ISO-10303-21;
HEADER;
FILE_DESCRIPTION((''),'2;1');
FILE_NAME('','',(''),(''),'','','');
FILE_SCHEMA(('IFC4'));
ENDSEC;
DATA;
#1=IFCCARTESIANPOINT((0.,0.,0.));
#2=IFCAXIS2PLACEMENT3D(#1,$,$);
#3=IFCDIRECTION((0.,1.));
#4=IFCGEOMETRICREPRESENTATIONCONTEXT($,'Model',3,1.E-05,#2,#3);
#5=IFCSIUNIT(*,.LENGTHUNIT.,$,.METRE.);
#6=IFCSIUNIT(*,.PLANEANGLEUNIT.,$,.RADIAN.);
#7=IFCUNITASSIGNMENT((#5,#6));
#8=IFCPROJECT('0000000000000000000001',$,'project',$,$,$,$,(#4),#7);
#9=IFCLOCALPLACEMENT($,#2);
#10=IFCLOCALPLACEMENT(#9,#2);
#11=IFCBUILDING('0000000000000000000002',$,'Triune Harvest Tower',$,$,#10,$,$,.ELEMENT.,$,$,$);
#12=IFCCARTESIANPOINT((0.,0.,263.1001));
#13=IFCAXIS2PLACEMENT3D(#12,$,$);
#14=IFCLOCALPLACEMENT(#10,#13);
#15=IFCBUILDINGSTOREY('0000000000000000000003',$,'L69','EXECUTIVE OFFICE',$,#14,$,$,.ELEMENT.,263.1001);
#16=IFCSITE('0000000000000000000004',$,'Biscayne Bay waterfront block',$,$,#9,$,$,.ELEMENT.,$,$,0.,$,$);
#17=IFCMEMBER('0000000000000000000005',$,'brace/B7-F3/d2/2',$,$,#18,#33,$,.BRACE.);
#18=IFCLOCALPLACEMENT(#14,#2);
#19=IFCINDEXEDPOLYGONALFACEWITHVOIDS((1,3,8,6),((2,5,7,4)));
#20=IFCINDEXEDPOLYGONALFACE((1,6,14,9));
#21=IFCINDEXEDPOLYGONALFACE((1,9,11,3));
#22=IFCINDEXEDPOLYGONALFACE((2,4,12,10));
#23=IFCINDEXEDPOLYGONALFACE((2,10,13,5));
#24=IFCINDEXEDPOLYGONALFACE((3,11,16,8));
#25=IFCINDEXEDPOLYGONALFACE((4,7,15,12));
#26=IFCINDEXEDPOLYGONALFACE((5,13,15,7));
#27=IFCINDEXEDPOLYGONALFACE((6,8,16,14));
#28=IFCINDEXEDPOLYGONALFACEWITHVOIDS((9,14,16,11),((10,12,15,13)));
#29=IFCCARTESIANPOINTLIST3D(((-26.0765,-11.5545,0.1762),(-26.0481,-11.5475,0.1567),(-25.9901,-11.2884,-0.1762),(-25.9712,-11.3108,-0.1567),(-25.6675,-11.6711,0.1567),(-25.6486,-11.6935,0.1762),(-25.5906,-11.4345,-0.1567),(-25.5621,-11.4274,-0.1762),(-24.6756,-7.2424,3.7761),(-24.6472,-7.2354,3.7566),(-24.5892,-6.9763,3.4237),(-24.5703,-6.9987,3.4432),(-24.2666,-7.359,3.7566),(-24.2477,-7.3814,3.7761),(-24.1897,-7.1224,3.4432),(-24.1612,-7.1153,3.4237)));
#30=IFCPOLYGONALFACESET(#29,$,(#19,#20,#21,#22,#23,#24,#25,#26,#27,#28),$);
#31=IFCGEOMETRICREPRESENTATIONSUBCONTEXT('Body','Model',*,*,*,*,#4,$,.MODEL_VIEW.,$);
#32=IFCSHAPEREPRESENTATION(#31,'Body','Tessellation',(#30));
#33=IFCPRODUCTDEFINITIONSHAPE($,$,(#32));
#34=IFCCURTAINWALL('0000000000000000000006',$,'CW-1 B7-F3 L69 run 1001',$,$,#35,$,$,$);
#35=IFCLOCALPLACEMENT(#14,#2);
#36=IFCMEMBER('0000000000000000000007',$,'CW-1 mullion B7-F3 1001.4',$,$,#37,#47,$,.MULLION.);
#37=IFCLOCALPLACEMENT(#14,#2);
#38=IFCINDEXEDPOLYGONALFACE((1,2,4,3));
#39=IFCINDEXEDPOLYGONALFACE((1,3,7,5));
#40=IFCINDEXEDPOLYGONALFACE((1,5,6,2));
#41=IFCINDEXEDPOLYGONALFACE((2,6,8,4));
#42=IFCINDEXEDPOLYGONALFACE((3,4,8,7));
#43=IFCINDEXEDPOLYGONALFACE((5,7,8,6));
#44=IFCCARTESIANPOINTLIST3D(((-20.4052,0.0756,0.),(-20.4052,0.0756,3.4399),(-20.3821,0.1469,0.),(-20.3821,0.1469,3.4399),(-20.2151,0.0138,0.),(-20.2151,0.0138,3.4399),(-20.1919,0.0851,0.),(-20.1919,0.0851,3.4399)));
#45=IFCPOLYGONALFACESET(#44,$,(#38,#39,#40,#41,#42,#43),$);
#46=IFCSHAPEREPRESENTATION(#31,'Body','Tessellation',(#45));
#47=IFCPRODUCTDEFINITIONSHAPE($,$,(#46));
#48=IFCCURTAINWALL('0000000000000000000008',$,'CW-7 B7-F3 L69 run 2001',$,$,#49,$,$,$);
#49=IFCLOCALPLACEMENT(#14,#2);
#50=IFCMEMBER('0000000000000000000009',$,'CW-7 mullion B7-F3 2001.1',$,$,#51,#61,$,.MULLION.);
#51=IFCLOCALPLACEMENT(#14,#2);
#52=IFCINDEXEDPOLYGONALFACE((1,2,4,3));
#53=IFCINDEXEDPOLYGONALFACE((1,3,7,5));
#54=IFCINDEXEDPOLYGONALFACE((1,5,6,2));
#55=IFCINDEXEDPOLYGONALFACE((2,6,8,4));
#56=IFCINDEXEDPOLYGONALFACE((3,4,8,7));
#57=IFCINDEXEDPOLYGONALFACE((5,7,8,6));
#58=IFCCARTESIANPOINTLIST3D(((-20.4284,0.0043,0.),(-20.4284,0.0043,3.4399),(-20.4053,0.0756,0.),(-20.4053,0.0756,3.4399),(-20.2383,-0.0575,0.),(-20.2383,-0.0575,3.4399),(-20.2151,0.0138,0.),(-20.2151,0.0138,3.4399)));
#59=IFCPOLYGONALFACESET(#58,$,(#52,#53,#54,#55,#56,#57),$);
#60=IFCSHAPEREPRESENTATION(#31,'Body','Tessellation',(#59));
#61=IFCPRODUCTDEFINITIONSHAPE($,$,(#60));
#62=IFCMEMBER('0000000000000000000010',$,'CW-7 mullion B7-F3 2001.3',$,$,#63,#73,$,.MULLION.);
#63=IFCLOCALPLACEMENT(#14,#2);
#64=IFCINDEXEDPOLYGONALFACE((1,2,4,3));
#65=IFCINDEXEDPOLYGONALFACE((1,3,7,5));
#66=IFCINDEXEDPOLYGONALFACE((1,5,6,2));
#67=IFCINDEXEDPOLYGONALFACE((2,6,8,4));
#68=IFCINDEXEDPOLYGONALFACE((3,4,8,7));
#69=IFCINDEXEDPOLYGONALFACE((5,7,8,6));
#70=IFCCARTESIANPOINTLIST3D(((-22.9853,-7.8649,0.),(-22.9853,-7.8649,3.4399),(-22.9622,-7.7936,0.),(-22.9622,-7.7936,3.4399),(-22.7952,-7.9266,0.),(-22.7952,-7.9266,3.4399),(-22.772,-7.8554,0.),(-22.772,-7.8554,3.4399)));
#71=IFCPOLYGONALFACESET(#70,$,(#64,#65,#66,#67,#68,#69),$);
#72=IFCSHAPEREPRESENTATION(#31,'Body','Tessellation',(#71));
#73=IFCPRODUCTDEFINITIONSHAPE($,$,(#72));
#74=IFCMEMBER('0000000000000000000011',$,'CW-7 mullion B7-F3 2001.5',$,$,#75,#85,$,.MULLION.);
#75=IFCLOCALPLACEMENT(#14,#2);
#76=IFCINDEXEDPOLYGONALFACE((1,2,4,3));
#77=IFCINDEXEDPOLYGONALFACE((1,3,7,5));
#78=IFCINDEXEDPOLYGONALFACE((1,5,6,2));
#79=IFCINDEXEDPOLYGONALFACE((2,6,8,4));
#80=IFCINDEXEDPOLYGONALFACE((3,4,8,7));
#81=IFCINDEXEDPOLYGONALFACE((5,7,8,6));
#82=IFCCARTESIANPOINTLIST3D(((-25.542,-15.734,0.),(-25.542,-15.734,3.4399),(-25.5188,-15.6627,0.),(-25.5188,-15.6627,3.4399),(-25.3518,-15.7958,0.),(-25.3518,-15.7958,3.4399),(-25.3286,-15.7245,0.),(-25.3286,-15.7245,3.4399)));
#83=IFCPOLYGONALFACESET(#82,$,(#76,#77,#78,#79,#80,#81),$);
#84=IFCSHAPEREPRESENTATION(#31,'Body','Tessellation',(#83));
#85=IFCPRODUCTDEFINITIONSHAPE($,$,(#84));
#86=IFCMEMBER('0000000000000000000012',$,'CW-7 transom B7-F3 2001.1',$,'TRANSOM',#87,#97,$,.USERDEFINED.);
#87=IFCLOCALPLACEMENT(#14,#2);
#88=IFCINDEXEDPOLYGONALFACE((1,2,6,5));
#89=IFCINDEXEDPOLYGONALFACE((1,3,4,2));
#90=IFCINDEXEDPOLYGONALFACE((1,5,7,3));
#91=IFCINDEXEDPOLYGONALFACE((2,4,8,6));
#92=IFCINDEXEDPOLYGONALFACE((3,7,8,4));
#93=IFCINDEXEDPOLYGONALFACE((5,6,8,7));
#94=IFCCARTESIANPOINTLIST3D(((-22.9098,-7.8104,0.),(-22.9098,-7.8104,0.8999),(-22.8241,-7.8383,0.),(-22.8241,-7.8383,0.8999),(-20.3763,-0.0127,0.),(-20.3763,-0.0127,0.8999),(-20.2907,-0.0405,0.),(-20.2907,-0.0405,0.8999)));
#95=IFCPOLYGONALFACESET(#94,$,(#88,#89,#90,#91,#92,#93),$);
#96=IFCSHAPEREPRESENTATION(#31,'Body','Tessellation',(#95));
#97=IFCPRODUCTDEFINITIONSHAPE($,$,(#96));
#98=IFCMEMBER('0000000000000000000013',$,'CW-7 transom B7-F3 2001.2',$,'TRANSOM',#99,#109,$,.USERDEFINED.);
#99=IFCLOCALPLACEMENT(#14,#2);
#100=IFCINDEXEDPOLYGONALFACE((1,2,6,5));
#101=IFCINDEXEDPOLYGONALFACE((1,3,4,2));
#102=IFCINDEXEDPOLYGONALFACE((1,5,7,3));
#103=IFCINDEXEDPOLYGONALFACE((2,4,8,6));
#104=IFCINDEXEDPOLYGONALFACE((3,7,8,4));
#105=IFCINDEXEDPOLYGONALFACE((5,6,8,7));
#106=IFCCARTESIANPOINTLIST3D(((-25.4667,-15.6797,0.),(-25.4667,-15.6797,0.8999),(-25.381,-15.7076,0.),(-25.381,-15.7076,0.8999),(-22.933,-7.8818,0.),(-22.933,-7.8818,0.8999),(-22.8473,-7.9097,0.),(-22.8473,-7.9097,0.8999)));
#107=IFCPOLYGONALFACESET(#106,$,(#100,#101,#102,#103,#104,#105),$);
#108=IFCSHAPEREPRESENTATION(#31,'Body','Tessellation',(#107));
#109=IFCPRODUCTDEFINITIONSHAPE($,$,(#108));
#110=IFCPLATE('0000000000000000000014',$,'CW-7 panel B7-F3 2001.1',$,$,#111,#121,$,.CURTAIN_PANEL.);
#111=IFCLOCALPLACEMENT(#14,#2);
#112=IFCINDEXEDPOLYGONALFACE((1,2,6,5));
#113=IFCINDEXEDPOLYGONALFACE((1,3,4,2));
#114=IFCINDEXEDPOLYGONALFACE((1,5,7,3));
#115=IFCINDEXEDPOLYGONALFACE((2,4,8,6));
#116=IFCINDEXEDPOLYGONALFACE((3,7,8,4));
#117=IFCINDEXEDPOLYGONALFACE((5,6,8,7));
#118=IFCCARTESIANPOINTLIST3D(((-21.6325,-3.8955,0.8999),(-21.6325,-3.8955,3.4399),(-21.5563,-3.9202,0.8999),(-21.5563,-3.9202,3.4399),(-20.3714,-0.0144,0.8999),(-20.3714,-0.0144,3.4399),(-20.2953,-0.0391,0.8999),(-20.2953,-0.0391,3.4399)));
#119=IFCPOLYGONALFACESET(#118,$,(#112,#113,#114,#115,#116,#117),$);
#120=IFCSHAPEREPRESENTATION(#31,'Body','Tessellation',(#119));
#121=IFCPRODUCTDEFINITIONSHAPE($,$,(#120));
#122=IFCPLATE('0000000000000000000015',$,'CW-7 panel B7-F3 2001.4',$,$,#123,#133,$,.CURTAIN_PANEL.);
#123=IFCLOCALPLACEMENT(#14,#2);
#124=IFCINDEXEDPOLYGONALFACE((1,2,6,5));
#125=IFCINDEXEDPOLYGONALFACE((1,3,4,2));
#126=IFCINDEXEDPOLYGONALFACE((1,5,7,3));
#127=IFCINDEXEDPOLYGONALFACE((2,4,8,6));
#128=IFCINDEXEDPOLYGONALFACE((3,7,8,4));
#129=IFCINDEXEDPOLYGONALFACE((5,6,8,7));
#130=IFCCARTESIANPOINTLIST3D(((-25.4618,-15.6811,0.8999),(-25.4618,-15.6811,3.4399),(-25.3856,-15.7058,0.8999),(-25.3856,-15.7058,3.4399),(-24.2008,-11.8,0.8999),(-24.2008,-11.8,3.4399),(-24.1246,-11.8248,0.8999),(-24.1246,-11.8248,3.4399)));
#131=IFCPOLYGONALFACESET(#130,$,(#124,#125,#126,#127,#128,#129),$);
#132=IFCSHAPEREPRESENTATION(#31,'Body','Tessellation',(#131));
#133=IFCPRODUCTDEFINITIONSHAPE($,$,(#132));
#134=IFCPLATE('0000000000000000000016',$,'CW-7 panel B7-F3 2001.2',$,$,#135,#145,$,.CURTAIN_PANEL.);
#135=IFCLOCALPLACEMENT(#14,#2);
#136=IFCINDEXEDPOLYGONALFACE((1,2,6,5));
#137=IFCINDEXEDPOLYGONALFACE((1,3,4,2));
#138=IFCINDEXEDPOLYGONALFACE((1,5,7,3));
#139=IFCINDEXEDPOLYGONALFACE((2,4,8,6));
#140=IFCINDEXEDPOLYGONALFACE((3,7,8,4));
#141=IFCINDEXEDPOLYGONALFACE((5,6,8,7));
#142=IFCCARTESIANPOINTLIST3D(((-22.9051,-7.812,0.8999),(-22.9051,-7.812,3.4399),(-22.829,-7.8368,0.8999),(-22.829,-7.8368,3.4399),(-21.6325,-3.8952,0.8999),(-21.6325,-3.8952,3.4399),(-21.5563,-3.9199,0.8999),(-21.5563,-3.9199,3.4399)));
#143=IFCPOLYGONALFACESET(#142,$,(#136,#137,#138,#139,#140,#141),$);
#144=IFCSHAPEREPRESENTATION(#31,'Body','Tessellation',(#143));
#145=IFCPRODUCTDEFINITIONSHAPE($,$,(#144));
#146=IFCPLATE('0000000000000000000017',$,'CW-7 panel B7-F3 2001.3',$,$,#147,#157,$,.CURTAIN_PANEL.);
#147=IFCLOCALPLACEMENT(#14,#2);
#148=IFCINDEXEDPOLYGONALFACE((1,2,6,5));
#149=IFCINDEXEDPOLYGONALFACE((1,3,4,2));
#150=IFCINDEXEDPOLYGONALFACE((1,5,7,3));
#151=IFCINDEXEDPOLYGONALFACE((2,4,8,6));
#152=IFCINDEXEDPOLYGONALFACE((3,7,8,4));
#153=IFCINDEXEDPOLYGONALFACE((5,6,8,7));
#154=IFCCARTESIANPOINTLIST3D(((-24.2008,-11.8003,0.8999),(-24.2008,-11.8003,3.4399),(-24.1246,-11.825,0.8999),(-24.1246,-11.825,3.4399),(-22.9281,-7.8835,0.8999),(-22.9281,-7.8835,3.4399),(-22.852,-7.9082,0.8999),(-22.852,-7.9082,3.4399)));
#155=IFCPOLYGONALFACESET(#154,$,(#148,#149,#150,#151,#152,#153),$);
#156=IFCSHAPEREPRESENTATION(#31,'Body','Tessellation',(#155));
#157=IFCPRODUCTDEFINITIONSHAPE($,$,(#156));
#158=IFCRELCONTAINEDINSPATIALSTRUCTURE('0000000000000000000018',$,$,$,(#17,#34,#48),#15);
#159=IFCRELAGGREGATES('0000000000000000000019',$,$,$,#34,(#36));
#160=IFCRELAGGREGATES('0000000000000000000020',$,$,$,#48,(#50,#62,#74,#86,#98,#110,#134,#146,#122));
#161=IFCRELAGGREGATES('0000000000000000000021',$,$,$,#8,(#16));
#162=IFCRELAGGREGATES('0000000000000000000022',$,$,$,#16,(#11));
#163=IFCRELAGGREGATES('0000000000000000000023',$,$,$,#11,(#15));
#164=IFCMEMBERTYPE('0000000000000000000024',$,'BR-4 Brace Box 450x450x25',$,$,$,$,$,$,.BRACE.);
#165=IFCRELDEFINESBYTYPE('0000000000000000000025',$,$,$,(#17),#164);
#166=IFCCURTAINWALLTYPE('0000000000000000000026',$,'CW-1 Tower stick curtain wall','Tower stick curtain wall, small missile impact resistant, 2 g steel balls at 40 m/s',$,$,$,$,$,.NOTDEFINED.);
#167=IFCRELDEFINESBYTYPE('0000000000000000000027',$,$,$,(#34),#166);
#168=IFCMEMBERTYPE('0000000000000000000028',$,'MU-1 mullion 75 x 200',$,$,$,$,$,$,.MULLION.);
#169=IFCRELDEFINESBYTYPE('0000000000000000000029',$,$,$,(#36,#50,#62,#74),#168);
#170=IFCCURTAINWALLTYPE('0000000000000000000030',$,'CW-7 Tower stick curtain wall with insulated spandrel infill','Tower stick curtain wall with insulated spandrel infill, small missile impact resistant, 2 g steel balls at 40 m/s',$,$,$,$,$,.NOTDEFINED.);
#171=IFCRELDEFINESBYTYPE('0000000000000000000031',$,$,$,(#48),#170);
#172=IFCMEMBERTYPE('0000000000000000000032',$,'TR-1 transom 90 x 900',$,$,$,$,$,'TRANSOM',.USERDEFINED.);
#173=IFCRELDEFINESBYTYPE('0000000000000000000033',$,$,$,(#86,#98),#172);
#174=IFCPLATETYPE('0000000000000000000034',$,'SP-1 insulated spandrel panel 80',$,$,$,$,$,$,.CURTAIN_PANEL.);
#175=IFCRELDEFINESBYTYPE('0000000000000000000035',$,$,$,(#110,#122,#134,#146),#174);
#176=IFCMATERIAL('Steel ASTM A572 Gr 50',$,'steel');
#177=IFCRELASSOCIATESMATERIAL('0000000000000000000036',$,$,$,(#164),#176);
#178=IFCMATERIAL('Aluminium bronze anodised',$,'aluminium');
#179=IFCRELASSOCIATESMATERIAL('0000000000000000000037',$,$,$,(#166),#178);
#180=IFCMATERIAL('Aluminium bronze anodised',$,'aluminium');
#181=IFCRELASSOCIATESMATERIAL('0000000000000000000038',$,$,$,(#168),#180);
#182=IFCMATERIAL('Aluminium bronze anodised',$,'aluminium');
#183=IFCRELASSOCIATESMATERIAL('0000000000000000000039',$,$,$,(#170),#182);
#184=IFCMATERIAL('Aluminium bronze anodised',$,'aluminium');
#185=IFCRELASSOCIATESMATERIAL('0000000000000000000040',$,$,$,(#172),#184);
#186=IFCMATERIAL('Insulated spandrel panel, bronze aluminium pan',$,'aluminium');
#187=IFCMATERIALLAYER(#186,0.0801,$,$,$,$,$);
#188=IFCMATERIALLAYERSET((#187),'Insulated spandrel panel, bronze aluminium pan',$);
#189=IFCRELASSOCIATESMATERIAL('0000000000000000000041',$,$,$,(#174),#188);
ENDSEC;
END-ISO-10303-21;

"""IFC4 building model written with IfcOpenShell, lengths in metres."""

from ifc_helpers import new_model, si_unit, direction, frame, origin, origin_2d, place, context, subcontext, project, spatial, rectangle, hollow_rectangle, extrude, source, transform, mapped, material, layer, layer_set, material_profile, profile_set, type_object, element, aggregate, save


model = new_model("IFC4")

# Units and contexts
model_context = context("Model", 3, precision=1e-05, world=origin(), true_north=direction((0.0, 1.0)))
body_context = subcontext(model_context, "Body", "Model", "MODEL_VIEW")
ifc_project = project(units=[si_unit("LENGTHUNIT", "METRE"), si_unit("PLANEANGLEUNIT", "RADIAN")], contexts=[model_context])

# Site, building, storey
site_placement = place(None, origin())
site = spatial("IfcSite", under=ifc_project, at=site_placement, Name="Biscayne Bay waterfront block", CompositionType="ELEMENT", RefElevation=0.0)
building_placement = place(site_placement, origin())
building = spatial("IfcBuilding", under=site, at=building_placement, Name="Triune Harvest Tower", CompositionType="ELEMENT")
storey_placement = place(building_placement, frame((0.0, 0.0, 263.1001)))
storey = spatial("IfcBuildingStorey", under=building, at=storey_placement, Name="L69", Description="EXECUTIVE OFFICE", CompositionType="ELEMENT", Elevation=263.1001)

# Member
ifc_material_1 = material(Name="Steel ASTM A572 Gr 50", Category="steel")
ifc_material_profile_1 = material_profile(ifc_material_1, hollow_rectangle(XDim=0.45, YDim=0.45, WallThickness=0.0249, at=origin_2d()), Name="Box 450x450x25")
ifc_profile_set_1 = profile_set([ifc_material_profile_1], Name="Steel ASTM A572 Gr 50")
member_type_1 = type_object("IfcMemberType", Name="BR-4 Brace Box 450x450x25", PredefinedType="BRACE", material=ifc_profile_set_1)
shared_shape_1 = source(origin(), body_context, "Body", "SweptSolid", [
    extrude(hollow_rectangle(XDim=0.45, YDim=0.45, WallThickness=0.0249, at=origin_2d()), origin(), (0.0, 0.0, 1.0), 5.7893),
])
member_1_placement = place(storey_placement, frame((-25.8193, -11.491, 0.0), z_axis=(0.241981, 0.744837, 0.621822), x_axis=(-0.951068, 0.308981, 0.0)))
element("IfcMember", 1, at=member_1_placement, inside=storey, type_object=member_type_1, Name="brace/B7-F3/d2/2", PredefinedType="BRACE", context=body_context, shape_type="MappedRepresentation", body=[
    mapped(shared_shape_1, transform((0.0, 0.0, 0.0), scale=1.0)),
])

# Curtain wall, member
ifc_material_2 = material(Name="Aluminium bronze anodised", Category="aluminium")
curtain_wall_type_1 = type_object("IfcCurtainWallType", Name="CW-1 Tower stick curtain wall", Description="Tower stick curtain wall, small missile impact resistant, 2 g steel balls at 40 m/s", PredefinedType="NOTDEFINED", material=ifc_material_2)
curtain_wall_1_placement = place(storey_placement, origin())
curtain_wall_1 = element("IfcCurtainWall", 2, at=curtain_wall_1_placement, inside=storey, type_object=curtain_wall_type_1, Name="CW-1 B7-F3 L69 run 1001")
ifc_material_3 = material(Name="Aluminium bronze anodised", Category="aluminium")
ifc_material_profile_2 = material_profile(ifc_material_3, rectangle(XDim=0.2, YDim=0.075, at=origin_2d()), Name="MU-1 mullion 75 x 200")
ifc_profile_set_2 = profile_set([ifc_material_profile_2], Name="Aluminium bronze anodised")
member_type_2 = type_object("IfcMemberType", Name="MU-1 mullion 75 x 200", PredefinedType="MULLION", material=ifc_profile_set_2)
shared_shape_2 = source(origin(), body_context, "Body", "SweptSolid", [
    extrude(rectangle(XDim=0.2, YDim=0.075, at=origin_2d()), origin(), (0.0, 0.0, 1.0), 3.4399),
])
member_2_placement = place(storey_placement, frame((-20.2986, 0.0803, 0.0), z_axis=(0.0, 0.0, 1.0), x_axis=(0.951054, -0.309024, 0.0)))
member_2 = element("IfcMember", 3, at=member_2_placement, type_object=member_type_2, Name="CW-1 mullion B7-F3 1001.4", PredefinedType="MULLION", context=body_context, shape_type="MappedRepresentation", body=[
    mapped(shared_shape_2, transform((0.0, 0.0, 0.0), scale=1.0)),
])
aggregate(curtain_wall_1, [member_2])

# Curtain wall, members, plates
ifc_material_4 = material(Name="Aluminium bronze anodised", Category="aluminium")
curtain_wall_type_2 = type_object("IfcCurtainWallType", Name="CW-7 Tower stick curtain wall with insulated spandrel infill", Description="Tower stick curtain wall with insulated spandrel infill, small missile impact resistant, 2 g steel balls at 40 m/s", PredefinedType="NOTDEFINED", material=ifc_material_4)
curtain_wall_2_placement = place(storey_placement, origin())
curtain_wall_2 = element("IfcCurtainWall", 4, at=curtain_wall_2_placement, inside=storey, type_object=curtain_wall_type_2, Name="CW-7 B7-F3 L69 run 2001")
member_3_placement = place(storey_placement, frame((-20.3218, 0.009, 0.0), z_axis=(0.0, 0.0, 1.0), x_axis=(0.951058, -0.309014, 0.0)))
member_3 = element("IfcMember", 5, at=member_3_placement, type_object=member_type_2, Name="CW-7 mullion B7-F3 2001.1", PredefinedType="MULLION", context=body_context, shape_type="MappedRepresentation", body=[
    mapped(shared_shape_2, transform((0.0, 0.0, 0.0), scale=1.0)),
])
member_4_placement = place(storey_placement, frame((-22.8787, -7.8601, 0.0), z_axis=(0.0, 0.0, 1.0), x_axis=(0.951058, -0.309014, 0.0)))
member_4 = element("IfcMember", 6, at=member_4_placement, type_object=member_type_2, Name="CW-7 mullion B7-F3 2001.3", PredefinedType="MULLION", context=body_context, shape_type="MappedRepresentation", body=[
    mapped(shared_shape_2, transform((0.0, 0.0, 0.0), scale=1.0)),
])
member_5_placement = place(storey_placement, frame((-25.4353, -15.7292, 0.0), z_axis=(0.0, 0.0, 1.0), x_axis=(0.951058, -0.309014, 0.0)))
member_5 = element("IfcMember", 7, at=member_5_placement, type_object=member_type_2, Name="CW-7 mullion B7-F3 2001.5", PredefinedType="MULLION", context=body_context, shape_type="MappedRepresentation", body=[
    mapped(shared_shape_2, transform((0.0, 0.0, 0.0), scale=1.0)),
])
ifc_material_5 = material(Name="Aluminium bronze anodised", Category="aluminium")
ifc_material_profile_3 = material_profile(ifc_material_5, rectangle(XDim=0.0901, YDim=0.8999, at=origin_2d()), Name="TR-1 transom 90 x 900")
ifc_profile_set_3 = profile_set([ifc_material_profile_3], Name="Aluminium bronze anodised")
member_type_3 = type_object("IfcMemberType", Name="TR-1 transom 90 x 900", ElementType="TRANSOM", PredefinedType="USERDEFINED", material=ifc_profile_set_3)
shared_shape_3 = source(origin(), body_context, "Body", "SweptSolid", [
    extrude(rectangle(XDim=0.0901, YDim=0.8999, at=origin_2d()), origin(), (0.0, 0.0, 1.0), 8.199),
])
member_6_placement = place(storey_placement, frame((-20.3335, -0.0266, 0.45), z_axis=(-0.308992, -0.951065, 0.0), x_axis=(0.951065, -0.308992, 0.0)))
member_6 = element("IfcMember", 8, at=member_6_placement, type_object=member_type_3, Name="CW-7 transom B7-F3 2001.1", ObjectType="TRANSOM", PredefinedType="USERDEFINED", context=body_context, shape_type="MappedRepresentation", body=[
    mapped(shared_shape_3, transform((0.0, 0.0, 0.0), scale=1.0)),
])
shared_shape_4 = source(origin(), body_context, "Body", "SweptSolid", [
    extrude(rectangle(XDim=0.0901, YDim=0.8999, at=origin_2d()), origin(), (0.0, 0.0, 1.0), 8.1992),
])
member_7_placement = place(storey_placement, frame((-22.8901, -7.8958, 0.45), z_axis=(-0.309019, -0.951056, 0.0), x_axis=(0.951056, -0.309019, 0.0)))
member_7 = element("IfcMember", 9, at=member_7_placement, type_object=member_type_3, Name="CW-7 transom B7-F3 2001.2", ObjectType="TRANSOM", PredefinedType="USERDEFINED", context=body_context, shape_type="MappedRepresentation", body=[
    mapped(shared_shape_4, transform((0.0, 0.0, 0.0), scale=1.0)),
])
ifc_material_6 = material(Name="Insulated spandrel panel, bronze aluminium pan", Category="aluminium")
ifc_layer_1 = layer(ifc_material_6, 0.0801)
ifc_layer_set_1 = layer_set([ifc_layer_1], Name="Insulated spandrel panel, bronze aluminium pan")
plate_type = type_object("IfcPlateType", Name="SP-1 insulated spandrel panel 80", PredefinedType="CURTAIN_PANEL", material=ifc_layer_set_1)
shared_shape_5 = source(origin(), body_context, "Body", "SweptSolid", [
    extrude(rectangle(XDim=4.0808, YDim=0.0801, at=origin_2d()), origin(), (0.0, 0.0, 1.0), 2.54),
])
plate_1_placement = place(storey_placement, frame((-20.9639, -1.9673, 0.8999), z_axis=(0.0, 0.0, 1.0), x_axis=(-0.309014, -0.951058, 0.0)))
plate_1 = element("IfcPlate", 10, at=plate_1_placement, type_object=plate_type, Name="CW-7 panel B7-F3 2001.1", PredefinedType="CURTAIN_PANEL", context=body_context, shape_type="MappedRepresentation", body=[
    mapped(shared_shape_5, transform((0.0, 0.0, 0.0), scale=1.0)),
])
plate_2_placement = place(storey_placement, frame((-24.7932, -13.7529, 0.8999), z_axis=(0.0, 0.0, 1.0), x_axis=(-0.309014, -0.951058, 0.0)))
plate_2 = element("IfcPlate", 11, at=plate_2_placement, type_object=plate_type, Name="CW-7 panel B7-F3 2001.4", PredefinedType="CURTAIN_PANEL", context=body_context, shape_type="MappedRepresentation", body=[
    mapped(shared_shape_5, transform((0.0, 0.0, 0.0), scale=1.0)),
])
shared_shape_6 = source(origin(), body_context, "Body", "SweptSolid", [
    extrude(rectangle(XDim=4.1184, YDim=0.0801, at=origin_2d()), origin(), (0.0, 0.0, 1.0), 2.54),
])
plate_3_placement = place(storey_placement, frame((-22.2307, -5.866, 0.8999), z_axis=(0.0, 0.0, 1.0), x_axis=(-0.309014, -0.951058, 0.0)))
plate_3 = element("IfcPlate", 12, at=plate_3_placement, type_object=plate_type, Name="CW-7 panel B7-F3 2001.2", PredefinedType="CURTAIN_PANEL", context=body_context, shape_type="MappedRepresentation", body=[
    mapped(shared_shape_6, transform((0.0, 0.0, 0.0), scale=1.0)),
])
plate_4_placement = place(storey_placement, frame((-23.5264, -9.8542, 0.8999), z_axis=(0.0, 0.0, 1.0), x_axis=(-0.309014, -0.951058, 0.0)))
plate_4 = element("IfcPlate", 13, at=plate_4_placement, type_object=plate_type, Name="CW-7 panel B7-F3 2001.3", PredefinedType="CURTAIN_PANEL", context=body_context, shape_type="MappedRepresentation", body=[
    mapped(shared_shape_6, transform((0.0, 0.0, 0.0), scale=1.0)),
])
aggregate(curtain_wall_2, [member_3, member_4, member_5, member_6, member_7, plate_1, plate_3, plate_4, plate_2])

save(model, "model.ifc")
